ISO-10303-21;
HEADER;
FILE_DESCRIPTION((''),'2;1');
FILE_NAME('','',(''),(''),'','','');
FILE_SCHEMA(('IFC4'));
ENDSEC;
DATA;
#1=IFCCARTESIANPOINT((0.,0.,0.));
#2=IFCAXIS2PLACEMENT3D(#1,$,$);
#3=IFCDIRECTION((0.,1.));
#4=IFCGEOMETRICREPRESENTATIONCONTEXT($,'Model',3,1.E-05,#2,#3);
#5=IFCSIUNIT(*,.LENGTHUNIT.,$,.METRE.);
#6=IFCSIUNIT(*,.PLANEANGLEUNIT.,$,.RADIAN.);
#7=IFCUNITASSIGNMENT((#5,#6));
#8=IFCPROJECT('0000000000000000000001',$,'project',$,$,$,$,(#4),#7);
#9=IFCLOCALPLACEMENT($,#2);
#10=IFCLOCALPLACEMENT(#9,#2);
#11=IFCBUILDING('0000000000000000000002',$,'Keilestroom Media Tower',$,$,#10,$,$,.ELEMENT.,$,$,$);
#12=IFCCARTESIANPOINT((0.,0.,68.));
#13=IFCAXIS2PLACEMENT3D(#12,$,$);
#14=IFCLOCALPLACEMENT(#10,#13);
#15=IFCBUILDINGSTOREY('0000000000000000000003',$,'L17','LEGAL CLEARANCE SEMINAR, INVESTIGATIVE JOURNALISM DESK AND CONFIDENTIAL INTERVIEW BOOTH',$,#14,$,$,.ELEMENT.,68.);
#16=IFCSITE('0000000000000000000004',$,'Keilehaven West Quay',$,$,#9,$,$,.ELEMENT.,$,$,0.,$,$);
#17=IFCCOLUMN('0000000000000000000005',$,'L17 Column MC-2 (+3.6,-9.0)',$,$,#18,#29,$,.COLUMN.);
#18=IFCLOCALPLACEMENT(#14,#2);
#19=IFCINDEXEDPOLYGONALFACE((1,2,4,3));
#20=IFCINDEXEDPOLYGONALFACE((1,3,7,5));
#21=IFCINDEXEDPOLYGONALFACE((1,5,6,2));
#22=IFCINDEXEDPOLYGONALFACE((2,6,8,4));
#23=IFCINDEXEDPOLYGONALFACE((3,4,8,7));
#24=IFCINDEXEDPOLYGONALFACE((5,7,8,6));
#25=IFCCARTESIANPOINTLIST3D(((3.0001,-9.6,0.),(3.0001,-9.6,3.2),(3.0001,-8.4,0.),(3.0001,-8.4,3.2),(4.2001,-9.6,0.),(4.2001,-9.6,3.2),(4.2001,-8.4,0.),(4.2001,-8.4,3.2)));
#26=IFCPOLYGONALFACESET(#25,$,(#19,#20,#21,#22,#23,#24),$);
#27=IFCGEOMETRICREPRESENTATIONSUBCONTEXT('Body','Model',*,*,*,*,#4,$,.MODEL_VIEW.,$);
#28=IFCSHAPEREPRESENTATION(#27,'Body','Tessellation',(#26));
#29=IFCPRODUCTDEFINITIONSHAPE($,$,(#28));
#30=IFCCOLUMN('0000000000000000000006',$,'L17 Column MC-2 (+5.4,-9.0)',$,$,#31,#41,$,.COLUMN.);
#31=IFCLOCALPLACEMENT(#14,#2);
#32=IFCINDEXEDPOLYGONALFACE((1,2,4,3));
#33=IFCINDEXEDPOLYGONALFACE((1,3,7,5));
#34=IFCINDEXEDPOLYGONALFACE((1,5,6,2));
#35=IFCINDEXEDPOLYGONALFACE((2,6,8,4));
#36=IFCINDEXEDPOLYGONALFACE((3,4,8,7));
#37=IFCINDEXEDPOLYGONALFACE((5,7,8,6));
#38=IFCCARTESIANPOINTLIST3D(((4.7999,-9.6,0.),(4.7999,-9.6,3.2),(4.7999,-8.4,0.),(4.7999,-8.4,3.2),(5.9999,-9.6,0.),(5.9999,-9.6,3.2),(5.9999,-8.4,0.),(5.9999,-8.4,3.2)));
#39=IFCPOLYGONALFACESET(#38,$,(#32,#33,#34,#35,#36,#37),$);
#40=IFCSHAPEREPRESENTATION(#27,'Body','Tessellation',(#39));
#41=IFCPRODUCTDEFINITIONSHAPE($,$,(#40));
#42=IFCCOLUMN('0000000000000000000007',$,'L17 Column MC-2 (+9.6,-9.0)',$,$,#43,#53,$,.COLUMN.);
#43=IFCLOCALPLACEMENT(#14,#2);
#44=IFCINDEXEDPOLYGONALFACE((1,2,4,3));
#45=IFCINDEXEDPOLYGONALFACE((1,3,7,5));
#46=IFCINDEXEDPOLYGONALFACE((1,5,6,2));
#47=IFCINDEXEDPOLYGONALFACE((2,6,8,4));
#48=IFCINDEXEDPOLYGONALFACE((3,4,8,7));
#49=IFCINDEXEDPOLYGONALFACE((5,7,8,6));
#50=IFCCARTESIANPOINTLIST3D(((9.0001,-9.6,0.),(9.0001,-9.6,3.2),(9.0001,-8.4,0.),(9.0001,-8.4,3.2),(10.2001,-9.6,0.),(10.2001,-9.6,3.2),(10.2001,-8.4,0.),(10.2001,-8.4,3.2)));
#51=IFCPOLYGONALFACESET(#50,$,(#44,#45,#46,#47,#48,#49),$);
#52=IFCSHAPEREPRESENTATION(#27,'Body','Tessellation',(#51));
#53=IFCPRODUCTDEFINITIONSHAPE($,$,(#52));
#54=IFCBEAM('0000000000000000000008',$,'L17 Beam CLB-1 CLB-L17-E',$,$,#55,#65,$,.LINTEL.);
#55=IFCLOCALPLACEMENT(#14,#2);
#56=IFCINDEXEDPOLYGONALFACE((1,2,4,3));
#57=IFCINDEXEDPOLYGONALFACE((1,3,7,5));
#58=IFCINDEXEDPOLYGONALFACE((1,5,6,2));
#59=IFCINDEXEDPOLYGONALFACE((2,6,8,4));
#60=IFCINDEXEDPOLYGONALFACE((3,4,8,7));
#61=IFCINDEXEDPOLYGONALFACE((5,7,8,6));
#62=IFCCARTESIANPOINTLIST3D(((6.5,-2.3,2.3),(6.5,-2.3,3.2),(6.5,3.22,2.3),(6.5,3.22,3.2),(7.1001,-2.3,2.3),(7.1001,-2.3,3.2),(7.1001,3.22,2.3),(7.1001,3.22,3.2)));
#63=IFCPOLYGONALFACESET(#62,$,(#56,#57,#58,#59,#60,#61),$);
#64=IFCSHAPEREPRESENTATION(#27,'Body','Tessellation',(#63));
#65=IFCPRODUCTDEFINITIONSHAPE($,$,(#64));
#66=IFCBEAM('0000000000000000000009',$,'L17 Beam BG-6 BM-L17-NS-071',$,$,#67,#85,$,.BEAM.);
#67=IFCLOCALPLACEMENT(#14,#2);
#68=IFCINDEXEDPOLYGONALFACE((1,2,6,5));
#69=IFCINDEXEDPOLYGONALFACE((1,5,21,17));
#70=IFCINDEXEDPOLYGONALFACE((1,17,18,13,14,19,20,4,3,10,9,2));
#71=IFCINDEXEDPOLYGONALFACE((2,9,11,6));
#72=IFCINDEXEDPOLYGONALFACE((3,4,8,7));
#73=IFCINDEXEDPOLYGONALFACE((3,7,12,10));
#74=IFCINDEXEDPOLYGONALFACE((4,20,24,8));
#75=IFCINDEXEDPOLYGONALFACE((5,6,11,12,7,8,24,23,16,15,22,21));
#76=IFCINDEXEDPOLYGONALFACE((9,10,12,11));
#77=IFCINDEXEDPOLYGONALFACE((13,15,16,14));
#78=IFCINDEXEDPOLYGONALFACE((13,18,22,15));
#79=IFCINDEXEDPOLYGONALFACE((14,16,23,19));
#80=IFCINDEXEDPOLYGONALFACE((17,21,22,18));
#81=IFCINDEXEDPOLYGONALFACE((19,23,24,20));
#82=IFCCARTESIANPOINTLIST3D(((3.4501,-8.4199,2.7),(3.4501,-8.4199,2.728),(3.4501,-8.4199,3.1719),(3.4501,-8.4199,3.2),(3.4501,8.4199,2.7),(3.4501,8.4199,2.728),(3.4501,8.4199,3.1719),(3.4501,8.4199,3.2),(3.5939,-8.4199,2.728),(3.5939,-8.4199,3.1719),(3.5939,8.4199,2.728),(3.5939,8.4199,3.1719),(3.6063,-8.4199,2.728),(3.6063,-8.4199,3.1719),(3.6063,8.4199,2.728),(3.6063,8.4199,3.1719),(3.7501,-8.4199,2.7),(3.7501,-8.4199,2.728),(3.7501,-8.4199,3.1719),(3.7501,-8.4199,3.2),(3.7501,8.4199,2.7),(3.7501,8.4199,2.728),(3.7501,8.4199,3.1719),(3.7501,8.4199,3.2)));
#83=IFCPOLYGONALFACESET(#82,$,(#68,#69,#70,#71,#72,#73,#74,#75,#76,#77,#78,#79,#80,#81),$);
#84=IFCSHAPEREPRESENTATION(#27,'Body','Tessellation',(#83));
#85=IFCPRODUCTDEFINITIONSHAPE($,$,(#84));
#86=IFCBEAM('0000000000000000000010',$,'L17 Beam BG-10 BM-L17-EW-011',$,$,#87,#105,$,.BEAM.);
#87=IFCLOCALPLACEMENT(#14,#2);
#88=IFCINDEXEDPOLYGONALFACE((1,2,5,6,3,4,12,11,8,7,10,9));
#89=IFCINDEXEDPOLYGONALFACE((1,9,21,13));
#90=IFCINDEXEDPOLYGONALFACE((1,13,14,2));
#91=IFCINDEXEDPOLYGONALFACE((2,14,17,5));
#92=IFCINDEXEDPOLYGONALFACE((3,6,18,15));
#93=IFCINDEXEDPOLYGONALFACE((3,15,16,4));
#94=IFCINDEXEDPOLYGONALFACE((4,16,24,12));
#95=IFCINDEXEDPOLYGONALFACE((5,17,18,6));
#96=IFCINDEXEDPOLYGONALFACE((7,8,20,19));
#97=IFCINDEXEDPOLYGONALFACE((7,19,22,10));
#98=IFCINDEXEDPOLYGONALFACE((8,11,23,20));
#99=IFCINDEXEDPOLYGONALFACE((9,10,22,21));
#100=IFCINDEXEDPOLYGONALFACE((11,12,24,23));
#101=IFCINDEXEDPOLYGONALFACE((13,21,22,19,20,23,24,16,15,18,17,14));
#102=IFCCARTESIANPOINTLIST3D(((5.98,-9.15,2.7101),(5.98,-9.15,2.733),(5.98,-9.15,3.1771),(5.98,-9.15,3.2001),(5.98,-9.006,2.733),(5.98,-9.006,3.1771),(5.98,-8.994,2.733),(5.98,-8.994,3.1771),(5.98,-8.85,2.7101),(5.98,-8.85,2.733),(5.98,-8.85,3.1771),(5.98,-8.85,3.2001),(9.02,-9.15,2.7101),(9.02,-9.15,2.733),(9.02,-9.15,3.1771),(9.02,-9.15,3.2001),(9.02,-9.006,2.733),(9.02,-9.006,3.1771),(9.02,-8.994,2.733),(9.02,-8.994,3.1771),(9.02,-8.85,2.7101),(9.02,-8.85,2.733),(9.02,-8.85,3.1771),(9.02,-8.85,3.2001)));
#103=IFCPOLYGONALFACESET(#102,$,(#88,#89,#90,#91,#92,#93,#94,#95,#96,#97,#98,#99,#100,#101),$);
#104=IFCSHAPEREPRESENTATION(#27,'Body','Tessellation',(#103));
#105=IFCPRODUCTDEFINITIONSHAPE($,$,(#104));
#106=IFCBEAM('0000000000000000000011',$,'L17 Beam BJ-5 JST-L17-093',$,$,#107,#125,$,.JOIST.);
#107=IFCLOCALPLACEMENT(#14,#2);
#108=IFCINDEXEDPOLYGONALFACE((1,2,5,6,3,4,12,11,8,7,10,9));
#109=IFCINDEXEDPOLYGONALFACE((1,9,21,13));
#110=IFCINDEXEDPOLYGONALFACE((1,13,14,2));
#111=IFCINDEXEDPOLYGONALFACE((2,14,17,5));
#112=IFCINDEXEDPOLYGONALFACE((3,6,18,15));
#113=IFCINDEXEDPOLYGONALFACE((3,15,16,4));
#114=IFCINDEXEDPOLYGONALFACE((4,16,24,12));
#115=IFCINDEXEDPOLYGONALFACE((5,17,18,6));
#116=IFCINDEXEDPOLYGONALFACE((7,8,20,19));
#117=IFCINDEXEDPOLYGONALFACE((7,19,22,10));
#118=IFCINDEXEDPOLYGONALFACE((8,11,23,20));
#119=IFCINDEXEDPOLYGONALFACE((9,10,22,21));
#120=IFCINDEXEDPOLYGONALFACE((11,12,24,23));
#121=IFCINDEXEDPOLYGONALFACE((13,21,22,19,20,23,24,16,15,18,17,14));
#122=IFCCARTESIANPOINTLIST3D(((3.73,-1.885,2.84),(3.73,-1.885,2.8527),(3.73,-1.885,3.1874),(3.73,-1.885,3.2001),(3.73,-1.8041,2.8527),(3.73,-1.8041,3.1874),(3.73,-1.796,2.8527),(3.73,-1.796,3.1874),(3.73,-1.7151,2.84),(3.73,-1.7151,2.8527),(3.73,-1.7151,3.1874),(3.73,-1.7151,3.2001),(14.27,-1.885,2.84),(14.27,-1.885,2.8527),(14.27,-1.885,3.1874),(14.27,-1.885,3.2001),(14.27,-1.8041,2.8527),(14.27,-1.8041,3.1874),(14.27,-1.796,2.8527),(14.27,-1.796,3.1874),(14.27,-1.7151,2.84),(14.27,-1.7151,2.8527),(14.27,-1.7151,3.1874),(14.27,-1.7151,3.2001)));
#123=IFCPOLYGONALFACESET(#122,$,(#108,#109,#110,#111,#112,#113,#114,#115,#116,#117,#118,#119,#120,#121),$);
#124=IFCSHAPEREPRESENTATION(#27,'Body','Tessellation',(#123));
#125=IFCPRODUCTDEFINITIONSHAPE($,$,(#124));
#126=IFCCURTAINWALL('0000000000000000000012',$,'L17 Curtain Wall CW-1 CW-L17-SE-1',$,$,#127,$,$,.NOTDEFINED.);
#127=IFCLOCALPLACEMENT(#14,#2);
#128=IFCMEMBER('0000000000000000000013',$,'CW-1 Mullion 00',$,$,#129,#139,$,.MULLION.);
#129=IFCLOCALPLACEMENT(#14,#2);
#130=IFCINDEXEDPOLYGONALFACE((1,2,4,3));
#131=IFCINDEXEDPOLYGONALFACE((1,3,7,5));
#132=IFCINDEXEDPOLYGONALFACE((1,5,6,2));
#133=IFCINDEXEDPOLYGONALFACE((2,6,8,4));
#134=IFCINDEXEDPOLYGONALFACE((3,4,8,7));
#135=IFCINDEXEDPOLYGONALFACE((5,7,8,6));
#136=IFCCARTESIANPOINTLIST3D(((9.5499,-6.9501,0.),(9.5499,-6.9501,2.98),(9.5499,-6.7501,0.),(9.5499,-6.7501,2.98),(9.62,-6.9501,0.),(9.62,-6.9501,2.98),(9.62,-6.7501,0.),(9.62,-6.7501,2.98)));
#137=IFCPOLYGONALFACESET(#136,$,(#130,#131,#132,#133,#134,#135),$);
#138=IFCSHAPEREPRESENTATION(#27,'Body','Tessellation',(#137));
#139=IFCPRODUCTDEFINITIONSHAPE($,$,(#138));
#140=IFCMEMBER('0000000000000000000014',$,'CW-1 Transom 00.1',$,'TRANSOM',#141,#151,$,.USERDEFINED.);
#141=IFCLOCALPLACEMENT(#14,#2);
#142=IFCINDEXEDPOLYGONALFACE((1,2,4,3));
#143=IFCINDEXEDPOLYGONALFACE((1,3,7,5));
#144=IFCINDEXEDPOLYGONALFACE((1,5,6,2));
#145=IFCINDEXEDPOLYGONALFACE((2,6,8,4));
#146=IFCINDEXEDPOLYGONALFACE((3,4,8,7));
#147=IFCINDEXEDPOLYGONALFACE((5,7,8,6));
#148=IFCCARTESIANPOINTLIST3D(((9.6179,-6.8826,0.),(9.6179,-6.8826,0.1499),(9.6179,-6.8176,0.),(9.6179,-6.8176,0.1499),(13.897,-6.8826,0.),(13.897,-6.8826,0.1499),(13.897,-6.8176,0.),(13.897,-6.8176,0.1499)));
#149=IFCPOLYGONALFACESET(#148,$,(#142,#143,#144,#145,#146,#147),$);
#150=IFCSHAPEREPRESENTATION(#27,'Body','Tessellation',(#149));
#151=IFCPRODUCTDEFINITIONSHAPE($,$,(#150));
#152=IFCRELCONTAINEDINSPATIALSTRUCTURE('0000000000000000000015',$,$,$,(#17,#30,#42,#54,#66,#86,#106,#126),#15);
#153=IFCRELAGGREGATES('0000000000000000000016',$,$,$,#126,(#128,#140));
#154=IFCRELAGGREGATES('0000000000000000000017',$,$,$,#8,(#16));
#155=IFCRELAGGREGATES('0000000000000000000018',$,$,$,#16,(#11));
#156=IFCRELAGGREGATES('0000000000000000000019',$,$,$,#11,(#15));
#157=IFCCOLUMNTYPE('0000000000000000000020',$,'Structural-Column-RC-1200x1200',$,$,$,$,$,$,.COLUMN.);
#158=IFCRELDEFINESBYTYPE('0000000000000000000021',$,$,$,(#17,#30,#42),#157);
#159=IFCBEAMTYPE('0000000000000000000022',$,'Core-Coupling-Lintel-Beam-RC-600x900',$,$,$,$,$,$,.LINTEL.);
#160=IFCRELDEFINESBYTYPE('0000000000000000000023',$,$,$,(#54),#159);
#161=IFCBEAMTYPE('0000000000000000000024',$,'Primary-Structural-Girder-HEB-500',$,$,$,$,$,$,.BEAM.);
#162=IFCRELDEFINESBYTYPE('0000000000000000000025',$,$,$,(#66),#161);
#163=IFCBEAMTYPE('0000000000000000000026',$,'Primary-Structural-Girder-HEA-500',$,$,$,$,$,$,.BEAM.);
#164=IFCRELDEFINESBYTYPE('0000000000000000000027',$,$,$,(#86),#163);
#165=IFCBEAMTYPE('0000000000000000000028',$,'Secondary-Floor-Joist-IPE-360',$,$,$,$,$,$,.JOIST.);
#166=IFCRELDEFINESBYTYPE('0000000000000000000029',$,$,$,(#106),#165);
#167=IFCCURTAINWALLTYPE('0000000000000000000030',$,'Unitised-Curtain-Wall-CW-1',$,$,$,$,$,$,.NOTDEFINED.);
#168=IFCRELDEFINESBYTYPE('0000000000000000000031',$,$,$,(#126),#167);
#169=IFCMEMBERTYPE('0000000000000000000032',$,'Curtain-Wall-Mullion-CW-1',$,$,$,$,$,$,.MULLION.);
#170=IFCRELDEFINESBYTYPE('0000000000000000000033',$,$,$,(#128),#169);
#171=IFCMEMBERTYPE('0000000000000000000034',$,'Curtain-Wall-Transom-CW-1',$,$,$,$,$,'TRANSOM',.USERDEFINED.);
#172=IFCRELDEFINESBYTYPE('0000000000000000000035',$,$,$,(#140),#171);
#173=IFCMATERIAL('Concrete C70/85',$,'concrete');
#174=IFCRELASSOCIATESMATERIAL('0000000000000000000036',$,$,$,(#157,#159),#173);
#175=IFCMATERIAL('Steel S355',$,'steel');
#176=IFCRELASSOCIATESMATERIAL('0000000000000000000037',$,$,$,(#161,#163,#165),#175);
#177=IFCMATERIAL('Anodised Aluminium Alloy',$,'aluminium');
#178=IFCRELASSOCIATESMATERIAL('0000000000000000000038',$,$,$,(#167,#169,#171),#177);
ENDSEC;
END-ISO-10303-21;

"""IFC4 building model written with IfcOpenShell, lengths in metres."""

from ifc_helpers import new_model, si_unit, direction, frame, origin, origin_2d, place, context, subcontext, project, spatial, rectangle, i_section, extrude, source, transform, mapped, material, material_profile, profile_set, type_object, element, aggregate, save


model = new_model("IFC4")

# Units and contexts
model_context = context("Model", 3, precision=1e-05, world=origin(), true_north=direction((0.0, 1.0)))
body_context = subcontext(model_context, "Body", "Model", "MODEL_VIEW")
ifc_project = project(units=[si_unit("LENGTHUNIT", "METRE"), si_unit("PLANEANGLEUNIT", "RADIAN")], contexts=[model_context])

# Site, building, storey
site_placement = place(None, origin())
site = spatial("IfcSite", under=ifc_project, at=site_placement, Name="Keilehaven West Quay", CompositionType="ELEMENT", RefElevation=0.0)
building_placement = place(site_placement, origin())
building = spatial("IfcBuilding", under=site, at=building_placement, Name="Keilestroom Media Tower", CompositionType="ELEMENT")
storey_placement = place(building_placement, frame((0.0, 0.0, 68.0)))
storey = spatial("IfcBuildingStorey", under=building, at=storey_placement, Name="L17", Description="LEGAL CLEARANCE SEMINAR, INVESTIGATIVE JOURNALISM DESK AND CONFIDENTIAL INTERVIEW BOOTH", CompositionType="ELEMENT", Elevation=68.0)

# Columns
ifc_material_1 = material(Name="Concrete C70/85", Category="concrete")
ifc_material_profile_1 = material_profile(ifc_material_1, rectangle(XDim=1.2, YDim=1.2, at=origin_2d()), Name="RC 1200x1200")
ifc_profile_set_1 = profile_set([ifc_material_profile_1], Name="Concrete C70/85")
column_type = type_object("IfcColumnType", Name="Structural-Column-RC-1200x1200", PredefinedType="COLUMN", material=ifc_profile_set_1)
shared_shape_1 = source(origin(), body_context, "Body", "SweptSolid", [
    extrude(rectangle(XDim=1.2, YDim=1.2, at=origin_2d()), origin(), (0.0, 0.0, 1.0), 3.2),
])
for number, where, z_axis, x_axis, name in (
    (1, (3.6001, -9.0, 0.0), (0.0, 0.0, 1.0), (1.0, 0.0, 0.0), "L17 Column MC-2 (+3.6,-9.0)"),
    (2, (5.3999, -9.0, 0.0), (0.0, 0.0, 1.0), (1.0, 0.0, 0.0), "L17 Column MC-2 (+5.4,-9.0)"),
    (3, (9.6001, -9.0, 0.0), (0.0, 0.0, 1.0), (1.0, 0.0, 0.0), "L17 Column MC-2 (+9.6,-9.0)"),
):
    element("IfcColumn", number, at=place(storey_placement, frame(where, z_axis=z_axis, x_axis=x_axis)), inside=storey, type_object=column_type, Name=name, PredefinedType="COLUMN", context=body_context, shape_type="MappedRepresentation", body=[
        mapped(shared_shape_1, transform((0.0, 0.0, 0.0), x_axis=(1.0, 0.0, 0.0), y_axis=(0.0, 1.0, 0.0), z_axis=(0.0, 0.0, 1.0), scale=1.0)),
    ])

# Beams
ifc_material_profile_2 = material_profile(ifc_material_1, rectangle(XDim=0.6001, YDim=0.8999, at=origin_2d()), Name="RC 600x900")
ifc_profile_set_2 = profile_set([ifc_material_profile_2], Name="Concrete C70/85")
beam_type_1 = type_object("IfcBeamType", Name="Core-Coupling-Lintel-Beam-RC-600x900", PredefinedType="LINTEL", material=ifc_profile_set_2)
shared_shape_2 = source(origin(), body_context, "Body", "SweptSolid", [
    extrude(rectangle(XDim=0.6001, YDim=0.8999, at=origin_2d()), origin(), (0.0, 0.0, 1.0), 5.52),
])
beam_1_placement = place(storey_placement, frame((6.8, -2.3, 2.75), z_axis=(0.0, 1.0, 0.0), x_axis=(-1.0, 0.0, 0.0)))
element("IfcBeam", 4, at=beam_1_placement, inside=storey, type_object=beam_type_1, Name="L17 Beam CLB-1 CLB-L17-E", PredefinedType="LINTEL", context=body_context, shape_type="MappedRepresentation", body=[
    mapped(shared_shape_2, transform((0.0, 0.0, 0.0), x_axis=(1.0, 0.0, 0.0), y_axis=(0.0, 1.0, 0.0), z_axis=(0.0, 0.0, 1.0), scale=1.0)),
])
ifc_material_2 = material(Name="Steel S355", Category="steel")
ifc_material_profile_3 = material_profile(ifc_material_2, i_section(OverallWidth=0.3, OverallDepth=0.5, WebThickness=0.0125, FlangeThickness=0.0281, at=origin_2d()), Name="HEB 500")
ifc_profile_set_3 = profile_set([ifc_material_profile_3], Name="Steel S355")
beam_type_2 = type_object("IfcBeamType", Name="Primary-Structural-Girder-HEB-500", PredefinedType="BEAM", material=ifc_profile_set_3)
shared_shape_3 = source(origin(), body_context, "Body", "SweptSolid", [
    extrude(i_section(OverallWidth=0.3, OverallDepth=0.5, WebThickness=0.0125, FlangeThickness=0.0281, at=origin_2d()), origin(), (0.0, 0.0, 1.0), 16.8398),
])
beam_2_placement = place(storey_placement, frame((3.6001, -8.4199, 2.95), z_axis=(0.0, 1.0, 0.0), x_axis=(-1.0, 0.0, 0.0)))
element("IfcBeam", 5, at=beam_2_placement, inside=storey, type_object=beam_type_2, Name="L17 Beam BG-6 BM-L17-NS-071", PredefinedType="BEAM", context=body_context, shape_type="MappedRepresentation", body=[
    mapped(shared_shape_3, transform((0.0, 0.0, 0.0), x_axis=(1.0, 0.0, 0.0), y_axis=(0.0, 1.0, 0.0), z_axis=(0.0, 0.0, 1.0), scale=1.0)),
])
ifc_material_profile_4 = material_profile(ifc_material_2, i_section(OverallWidth=0.3, OverallDepth=0.49, WebThickness=0.012, FlangeThickness=0.0229, at=origin_2d()), Name="HEA 500")
ifc_profile_set_4 = profile_set([ifc_material_profile_4], Name="Steel S355")
beam_type_3 = type_object("IfcBeamType", Name="Primary-Structural-Girder-HEA-500", PredefinedType="BEAM", material=ifc_profile_set_4)
shared_shape_4 = source(origin(), body_context, "Body", "SweptSolid", [
    extrude(i_section(OverallWidth=0.3, OverallDepth=0.49, WebThickness=0.012, FlangeThickness=0.0229, at=origin_2d()), origin(), (0.0, 0.0, 1.0), 3.04),
])
beam_3_placement = place(storey_placement, frame((5.98, -9.0, 2.9551), z_axis=(1.0, 0.0, 0.0), x_axis=(0.0, 1.0, 0.0)))
element("IfcBeam", 6, at=beam_3_placement, inside=storey, type_object=beam_type_3, Name="L17 Beam BG-10 BM-L17-EW-011", PredefinedType="BEAM", context=body_context, shape_type="MappedRepresentation", body=[
    mapped(shared_shape_4, transform((0.0, 0.0, 0.0), x_axis=(1.0, 0.0, 0.0), y_axis=(0.0, 1.0, 0.0), z_axis=(0.0, 0.0, 1.0), scale=1.0)),
])
ifc_material_profile_5 = material_profile(ifc_material_2, i_section(OverallWidth=0.1699, OverallDepth=0.3601, WebThickness=0.0081, FlangeThickness=0.0127, at=origin_2d()), Name="IPE 360")
ifc_profile_set_5 = profile_set([ifc_material_profile_5], Name="Steel S355")
beam_type_4 = type_object("IfcBeamType", Name="Secondary-Floor-Joist-IPE-360", PredefinedType="JOIST", material=ifc_profile_set_5)
shared_shape_5 = source(origin(), body_context, "Body", "SweptSolid", [
    extrude(i_section(OverallWidth=0.1699, OverallDepth=0.3601, WebThickness=0.0081, FlangeThickness=0.0127, at=origin_2d()), origin(), (0.0, 0.0, 1.0), 10.54),
])
beam_4_placement = place(storey_placement, frame((3.73, -1.8, 3.02), z_axis=(1.0, 0.0, 0.0), x_axis=(0.0, 1.0, 0.0)))
element("IfcBeam", 7, at=beam_4_placement, inside=storey, type_object=beam_type_4, Name="L17 Beam BJ-5 JST-L17-093", PredefinedType="JOIST", context=body_context, shape_type="MappedRepresentation", body=[
    mapped(shared_shape_5, transform((0.0, 0.0, 0.0), x_axis=(1.0, 0.0, 0.0), y_axis=(0.0, 1.0, 0.0), z_axis=(0.0, 0.0, 1.0), scale=1.0)),
])

# Curtain wall, members
ifc_material_3 = material(Name="Anodised Aluminium Alloy", Category="aluminium")
curtain_wall_type = type_object("IfcCurtainWallType", Name="Unitised-Curtain-Wall-CW-1", PredefinedType="NOTDEFINED", material=ifc_material_3)
curtain_wall_placement = place(storey_placement, origin())
curtain_wall = element("IfcCurtainWall", 8, at=curtain_wall_placement, inside=storey, type_object=curtain_wall_type, Name="L17 Curtain Wall CW-1 CW-L17-SE-1", PredefinedType="NOTDEFINED")
ifc_material_profile_6 = material_profile(ifc_material_3, rectangle(XDim=0.0701, YDim=0.2, at=origin_2d()), Name="ALU MULLION 70x200")
ifc_profile_set_6 = profile_set([ifc_material_profile_6], Name="Anodised Aluminium Alloy")
member_type_1 = type_object("IfcMemberType", Name="Curtain-Wall-Mullion-CW-1", PredefinedType="MULLION", material=ifc_profile_set_6)
shared_shape_6 = source(origin(), body_context, "Body", "SweptSolid", [
    extrude(rectangle(XDim=0.0701, YDim=0.2, at=origin_2d()), origin(), (0.0, 0.0, 1.0), 2.98),
])
member_1_placement = place(storey_placement, frame((9.585, -6.8501, 0.0), z_axis=(0.0, 0.0, 1.0), x_axis=(1.0, 0.0, 0.0)))
member_1 = element("IfcMember", 9, at=member_1_placement, type_object=member_type_1, Name="CW-1 Mullion 00", PredefinedType="MULLION", context=body_context, shape_type="MappedRepresentation", body=[
    mapped(shared_shape_6, transform((0.0, 0.0, 0.0), x_axis=(1.0, 0.0, 0.0), y_axis=(0.0, 1.0, 0.0), z_axis=(0.0, 0.0, 1.0), scale=1.0)),
])
ifc_material_profile_7 = material_profile(ifc_material_3, rectangle(XDim=0.0649, YDim=0.1499, at=origin_2d()), Name="ALU TRANSOM 65x150")
ifc_profile_set_7 = profile_set([ifc_material_profile_7], Name="Anodised Aluminium Alloy")
member_type_2 = type_object("IfcMemberType", Name="Curtain-Wall-Transom-CW-1", ElementType="TRANSOM", PredefinedType="USERDEFINED", material=ifc_profile_set_7)
shared_shape_7 = source(origin(), body_context, "Body", "SweptSolid", [
    extrude(rectangle(XDim=0.0649, YDim=0.1499, at=origin_2d()), origin(), (0.0, 0.0, 1.0), 4.2791),
])
member_2_placement = place(storey_placement, frame((9.6179, -6.8501, 0.075), z_axis=(1.0, 0.0, 0.0), x_axis=(0.0, 1.0, 0.0)))
member_2 = element("IfcMember", 10, at=member_2_placement, type_object=member_type_2, Name="CW-1 Transom 00.1", ObjectType="TRANSOM", PredefinedType="USERDEFINED", context=body_context, shape_type="MappedRepresentation", body=[
    mapped(shared_shape_7, transform((0.0, 0.0, 0.0), x_axis=(1.0, 0.0, 0.0), y_axis=(0.0, 1.0, 0.0), z_axis=(0.0, 0.0, 1.0), scale=1.0)),
])
aggregate(curtain_wall, [member_1, member_2])

save(model, "model.ifc")
